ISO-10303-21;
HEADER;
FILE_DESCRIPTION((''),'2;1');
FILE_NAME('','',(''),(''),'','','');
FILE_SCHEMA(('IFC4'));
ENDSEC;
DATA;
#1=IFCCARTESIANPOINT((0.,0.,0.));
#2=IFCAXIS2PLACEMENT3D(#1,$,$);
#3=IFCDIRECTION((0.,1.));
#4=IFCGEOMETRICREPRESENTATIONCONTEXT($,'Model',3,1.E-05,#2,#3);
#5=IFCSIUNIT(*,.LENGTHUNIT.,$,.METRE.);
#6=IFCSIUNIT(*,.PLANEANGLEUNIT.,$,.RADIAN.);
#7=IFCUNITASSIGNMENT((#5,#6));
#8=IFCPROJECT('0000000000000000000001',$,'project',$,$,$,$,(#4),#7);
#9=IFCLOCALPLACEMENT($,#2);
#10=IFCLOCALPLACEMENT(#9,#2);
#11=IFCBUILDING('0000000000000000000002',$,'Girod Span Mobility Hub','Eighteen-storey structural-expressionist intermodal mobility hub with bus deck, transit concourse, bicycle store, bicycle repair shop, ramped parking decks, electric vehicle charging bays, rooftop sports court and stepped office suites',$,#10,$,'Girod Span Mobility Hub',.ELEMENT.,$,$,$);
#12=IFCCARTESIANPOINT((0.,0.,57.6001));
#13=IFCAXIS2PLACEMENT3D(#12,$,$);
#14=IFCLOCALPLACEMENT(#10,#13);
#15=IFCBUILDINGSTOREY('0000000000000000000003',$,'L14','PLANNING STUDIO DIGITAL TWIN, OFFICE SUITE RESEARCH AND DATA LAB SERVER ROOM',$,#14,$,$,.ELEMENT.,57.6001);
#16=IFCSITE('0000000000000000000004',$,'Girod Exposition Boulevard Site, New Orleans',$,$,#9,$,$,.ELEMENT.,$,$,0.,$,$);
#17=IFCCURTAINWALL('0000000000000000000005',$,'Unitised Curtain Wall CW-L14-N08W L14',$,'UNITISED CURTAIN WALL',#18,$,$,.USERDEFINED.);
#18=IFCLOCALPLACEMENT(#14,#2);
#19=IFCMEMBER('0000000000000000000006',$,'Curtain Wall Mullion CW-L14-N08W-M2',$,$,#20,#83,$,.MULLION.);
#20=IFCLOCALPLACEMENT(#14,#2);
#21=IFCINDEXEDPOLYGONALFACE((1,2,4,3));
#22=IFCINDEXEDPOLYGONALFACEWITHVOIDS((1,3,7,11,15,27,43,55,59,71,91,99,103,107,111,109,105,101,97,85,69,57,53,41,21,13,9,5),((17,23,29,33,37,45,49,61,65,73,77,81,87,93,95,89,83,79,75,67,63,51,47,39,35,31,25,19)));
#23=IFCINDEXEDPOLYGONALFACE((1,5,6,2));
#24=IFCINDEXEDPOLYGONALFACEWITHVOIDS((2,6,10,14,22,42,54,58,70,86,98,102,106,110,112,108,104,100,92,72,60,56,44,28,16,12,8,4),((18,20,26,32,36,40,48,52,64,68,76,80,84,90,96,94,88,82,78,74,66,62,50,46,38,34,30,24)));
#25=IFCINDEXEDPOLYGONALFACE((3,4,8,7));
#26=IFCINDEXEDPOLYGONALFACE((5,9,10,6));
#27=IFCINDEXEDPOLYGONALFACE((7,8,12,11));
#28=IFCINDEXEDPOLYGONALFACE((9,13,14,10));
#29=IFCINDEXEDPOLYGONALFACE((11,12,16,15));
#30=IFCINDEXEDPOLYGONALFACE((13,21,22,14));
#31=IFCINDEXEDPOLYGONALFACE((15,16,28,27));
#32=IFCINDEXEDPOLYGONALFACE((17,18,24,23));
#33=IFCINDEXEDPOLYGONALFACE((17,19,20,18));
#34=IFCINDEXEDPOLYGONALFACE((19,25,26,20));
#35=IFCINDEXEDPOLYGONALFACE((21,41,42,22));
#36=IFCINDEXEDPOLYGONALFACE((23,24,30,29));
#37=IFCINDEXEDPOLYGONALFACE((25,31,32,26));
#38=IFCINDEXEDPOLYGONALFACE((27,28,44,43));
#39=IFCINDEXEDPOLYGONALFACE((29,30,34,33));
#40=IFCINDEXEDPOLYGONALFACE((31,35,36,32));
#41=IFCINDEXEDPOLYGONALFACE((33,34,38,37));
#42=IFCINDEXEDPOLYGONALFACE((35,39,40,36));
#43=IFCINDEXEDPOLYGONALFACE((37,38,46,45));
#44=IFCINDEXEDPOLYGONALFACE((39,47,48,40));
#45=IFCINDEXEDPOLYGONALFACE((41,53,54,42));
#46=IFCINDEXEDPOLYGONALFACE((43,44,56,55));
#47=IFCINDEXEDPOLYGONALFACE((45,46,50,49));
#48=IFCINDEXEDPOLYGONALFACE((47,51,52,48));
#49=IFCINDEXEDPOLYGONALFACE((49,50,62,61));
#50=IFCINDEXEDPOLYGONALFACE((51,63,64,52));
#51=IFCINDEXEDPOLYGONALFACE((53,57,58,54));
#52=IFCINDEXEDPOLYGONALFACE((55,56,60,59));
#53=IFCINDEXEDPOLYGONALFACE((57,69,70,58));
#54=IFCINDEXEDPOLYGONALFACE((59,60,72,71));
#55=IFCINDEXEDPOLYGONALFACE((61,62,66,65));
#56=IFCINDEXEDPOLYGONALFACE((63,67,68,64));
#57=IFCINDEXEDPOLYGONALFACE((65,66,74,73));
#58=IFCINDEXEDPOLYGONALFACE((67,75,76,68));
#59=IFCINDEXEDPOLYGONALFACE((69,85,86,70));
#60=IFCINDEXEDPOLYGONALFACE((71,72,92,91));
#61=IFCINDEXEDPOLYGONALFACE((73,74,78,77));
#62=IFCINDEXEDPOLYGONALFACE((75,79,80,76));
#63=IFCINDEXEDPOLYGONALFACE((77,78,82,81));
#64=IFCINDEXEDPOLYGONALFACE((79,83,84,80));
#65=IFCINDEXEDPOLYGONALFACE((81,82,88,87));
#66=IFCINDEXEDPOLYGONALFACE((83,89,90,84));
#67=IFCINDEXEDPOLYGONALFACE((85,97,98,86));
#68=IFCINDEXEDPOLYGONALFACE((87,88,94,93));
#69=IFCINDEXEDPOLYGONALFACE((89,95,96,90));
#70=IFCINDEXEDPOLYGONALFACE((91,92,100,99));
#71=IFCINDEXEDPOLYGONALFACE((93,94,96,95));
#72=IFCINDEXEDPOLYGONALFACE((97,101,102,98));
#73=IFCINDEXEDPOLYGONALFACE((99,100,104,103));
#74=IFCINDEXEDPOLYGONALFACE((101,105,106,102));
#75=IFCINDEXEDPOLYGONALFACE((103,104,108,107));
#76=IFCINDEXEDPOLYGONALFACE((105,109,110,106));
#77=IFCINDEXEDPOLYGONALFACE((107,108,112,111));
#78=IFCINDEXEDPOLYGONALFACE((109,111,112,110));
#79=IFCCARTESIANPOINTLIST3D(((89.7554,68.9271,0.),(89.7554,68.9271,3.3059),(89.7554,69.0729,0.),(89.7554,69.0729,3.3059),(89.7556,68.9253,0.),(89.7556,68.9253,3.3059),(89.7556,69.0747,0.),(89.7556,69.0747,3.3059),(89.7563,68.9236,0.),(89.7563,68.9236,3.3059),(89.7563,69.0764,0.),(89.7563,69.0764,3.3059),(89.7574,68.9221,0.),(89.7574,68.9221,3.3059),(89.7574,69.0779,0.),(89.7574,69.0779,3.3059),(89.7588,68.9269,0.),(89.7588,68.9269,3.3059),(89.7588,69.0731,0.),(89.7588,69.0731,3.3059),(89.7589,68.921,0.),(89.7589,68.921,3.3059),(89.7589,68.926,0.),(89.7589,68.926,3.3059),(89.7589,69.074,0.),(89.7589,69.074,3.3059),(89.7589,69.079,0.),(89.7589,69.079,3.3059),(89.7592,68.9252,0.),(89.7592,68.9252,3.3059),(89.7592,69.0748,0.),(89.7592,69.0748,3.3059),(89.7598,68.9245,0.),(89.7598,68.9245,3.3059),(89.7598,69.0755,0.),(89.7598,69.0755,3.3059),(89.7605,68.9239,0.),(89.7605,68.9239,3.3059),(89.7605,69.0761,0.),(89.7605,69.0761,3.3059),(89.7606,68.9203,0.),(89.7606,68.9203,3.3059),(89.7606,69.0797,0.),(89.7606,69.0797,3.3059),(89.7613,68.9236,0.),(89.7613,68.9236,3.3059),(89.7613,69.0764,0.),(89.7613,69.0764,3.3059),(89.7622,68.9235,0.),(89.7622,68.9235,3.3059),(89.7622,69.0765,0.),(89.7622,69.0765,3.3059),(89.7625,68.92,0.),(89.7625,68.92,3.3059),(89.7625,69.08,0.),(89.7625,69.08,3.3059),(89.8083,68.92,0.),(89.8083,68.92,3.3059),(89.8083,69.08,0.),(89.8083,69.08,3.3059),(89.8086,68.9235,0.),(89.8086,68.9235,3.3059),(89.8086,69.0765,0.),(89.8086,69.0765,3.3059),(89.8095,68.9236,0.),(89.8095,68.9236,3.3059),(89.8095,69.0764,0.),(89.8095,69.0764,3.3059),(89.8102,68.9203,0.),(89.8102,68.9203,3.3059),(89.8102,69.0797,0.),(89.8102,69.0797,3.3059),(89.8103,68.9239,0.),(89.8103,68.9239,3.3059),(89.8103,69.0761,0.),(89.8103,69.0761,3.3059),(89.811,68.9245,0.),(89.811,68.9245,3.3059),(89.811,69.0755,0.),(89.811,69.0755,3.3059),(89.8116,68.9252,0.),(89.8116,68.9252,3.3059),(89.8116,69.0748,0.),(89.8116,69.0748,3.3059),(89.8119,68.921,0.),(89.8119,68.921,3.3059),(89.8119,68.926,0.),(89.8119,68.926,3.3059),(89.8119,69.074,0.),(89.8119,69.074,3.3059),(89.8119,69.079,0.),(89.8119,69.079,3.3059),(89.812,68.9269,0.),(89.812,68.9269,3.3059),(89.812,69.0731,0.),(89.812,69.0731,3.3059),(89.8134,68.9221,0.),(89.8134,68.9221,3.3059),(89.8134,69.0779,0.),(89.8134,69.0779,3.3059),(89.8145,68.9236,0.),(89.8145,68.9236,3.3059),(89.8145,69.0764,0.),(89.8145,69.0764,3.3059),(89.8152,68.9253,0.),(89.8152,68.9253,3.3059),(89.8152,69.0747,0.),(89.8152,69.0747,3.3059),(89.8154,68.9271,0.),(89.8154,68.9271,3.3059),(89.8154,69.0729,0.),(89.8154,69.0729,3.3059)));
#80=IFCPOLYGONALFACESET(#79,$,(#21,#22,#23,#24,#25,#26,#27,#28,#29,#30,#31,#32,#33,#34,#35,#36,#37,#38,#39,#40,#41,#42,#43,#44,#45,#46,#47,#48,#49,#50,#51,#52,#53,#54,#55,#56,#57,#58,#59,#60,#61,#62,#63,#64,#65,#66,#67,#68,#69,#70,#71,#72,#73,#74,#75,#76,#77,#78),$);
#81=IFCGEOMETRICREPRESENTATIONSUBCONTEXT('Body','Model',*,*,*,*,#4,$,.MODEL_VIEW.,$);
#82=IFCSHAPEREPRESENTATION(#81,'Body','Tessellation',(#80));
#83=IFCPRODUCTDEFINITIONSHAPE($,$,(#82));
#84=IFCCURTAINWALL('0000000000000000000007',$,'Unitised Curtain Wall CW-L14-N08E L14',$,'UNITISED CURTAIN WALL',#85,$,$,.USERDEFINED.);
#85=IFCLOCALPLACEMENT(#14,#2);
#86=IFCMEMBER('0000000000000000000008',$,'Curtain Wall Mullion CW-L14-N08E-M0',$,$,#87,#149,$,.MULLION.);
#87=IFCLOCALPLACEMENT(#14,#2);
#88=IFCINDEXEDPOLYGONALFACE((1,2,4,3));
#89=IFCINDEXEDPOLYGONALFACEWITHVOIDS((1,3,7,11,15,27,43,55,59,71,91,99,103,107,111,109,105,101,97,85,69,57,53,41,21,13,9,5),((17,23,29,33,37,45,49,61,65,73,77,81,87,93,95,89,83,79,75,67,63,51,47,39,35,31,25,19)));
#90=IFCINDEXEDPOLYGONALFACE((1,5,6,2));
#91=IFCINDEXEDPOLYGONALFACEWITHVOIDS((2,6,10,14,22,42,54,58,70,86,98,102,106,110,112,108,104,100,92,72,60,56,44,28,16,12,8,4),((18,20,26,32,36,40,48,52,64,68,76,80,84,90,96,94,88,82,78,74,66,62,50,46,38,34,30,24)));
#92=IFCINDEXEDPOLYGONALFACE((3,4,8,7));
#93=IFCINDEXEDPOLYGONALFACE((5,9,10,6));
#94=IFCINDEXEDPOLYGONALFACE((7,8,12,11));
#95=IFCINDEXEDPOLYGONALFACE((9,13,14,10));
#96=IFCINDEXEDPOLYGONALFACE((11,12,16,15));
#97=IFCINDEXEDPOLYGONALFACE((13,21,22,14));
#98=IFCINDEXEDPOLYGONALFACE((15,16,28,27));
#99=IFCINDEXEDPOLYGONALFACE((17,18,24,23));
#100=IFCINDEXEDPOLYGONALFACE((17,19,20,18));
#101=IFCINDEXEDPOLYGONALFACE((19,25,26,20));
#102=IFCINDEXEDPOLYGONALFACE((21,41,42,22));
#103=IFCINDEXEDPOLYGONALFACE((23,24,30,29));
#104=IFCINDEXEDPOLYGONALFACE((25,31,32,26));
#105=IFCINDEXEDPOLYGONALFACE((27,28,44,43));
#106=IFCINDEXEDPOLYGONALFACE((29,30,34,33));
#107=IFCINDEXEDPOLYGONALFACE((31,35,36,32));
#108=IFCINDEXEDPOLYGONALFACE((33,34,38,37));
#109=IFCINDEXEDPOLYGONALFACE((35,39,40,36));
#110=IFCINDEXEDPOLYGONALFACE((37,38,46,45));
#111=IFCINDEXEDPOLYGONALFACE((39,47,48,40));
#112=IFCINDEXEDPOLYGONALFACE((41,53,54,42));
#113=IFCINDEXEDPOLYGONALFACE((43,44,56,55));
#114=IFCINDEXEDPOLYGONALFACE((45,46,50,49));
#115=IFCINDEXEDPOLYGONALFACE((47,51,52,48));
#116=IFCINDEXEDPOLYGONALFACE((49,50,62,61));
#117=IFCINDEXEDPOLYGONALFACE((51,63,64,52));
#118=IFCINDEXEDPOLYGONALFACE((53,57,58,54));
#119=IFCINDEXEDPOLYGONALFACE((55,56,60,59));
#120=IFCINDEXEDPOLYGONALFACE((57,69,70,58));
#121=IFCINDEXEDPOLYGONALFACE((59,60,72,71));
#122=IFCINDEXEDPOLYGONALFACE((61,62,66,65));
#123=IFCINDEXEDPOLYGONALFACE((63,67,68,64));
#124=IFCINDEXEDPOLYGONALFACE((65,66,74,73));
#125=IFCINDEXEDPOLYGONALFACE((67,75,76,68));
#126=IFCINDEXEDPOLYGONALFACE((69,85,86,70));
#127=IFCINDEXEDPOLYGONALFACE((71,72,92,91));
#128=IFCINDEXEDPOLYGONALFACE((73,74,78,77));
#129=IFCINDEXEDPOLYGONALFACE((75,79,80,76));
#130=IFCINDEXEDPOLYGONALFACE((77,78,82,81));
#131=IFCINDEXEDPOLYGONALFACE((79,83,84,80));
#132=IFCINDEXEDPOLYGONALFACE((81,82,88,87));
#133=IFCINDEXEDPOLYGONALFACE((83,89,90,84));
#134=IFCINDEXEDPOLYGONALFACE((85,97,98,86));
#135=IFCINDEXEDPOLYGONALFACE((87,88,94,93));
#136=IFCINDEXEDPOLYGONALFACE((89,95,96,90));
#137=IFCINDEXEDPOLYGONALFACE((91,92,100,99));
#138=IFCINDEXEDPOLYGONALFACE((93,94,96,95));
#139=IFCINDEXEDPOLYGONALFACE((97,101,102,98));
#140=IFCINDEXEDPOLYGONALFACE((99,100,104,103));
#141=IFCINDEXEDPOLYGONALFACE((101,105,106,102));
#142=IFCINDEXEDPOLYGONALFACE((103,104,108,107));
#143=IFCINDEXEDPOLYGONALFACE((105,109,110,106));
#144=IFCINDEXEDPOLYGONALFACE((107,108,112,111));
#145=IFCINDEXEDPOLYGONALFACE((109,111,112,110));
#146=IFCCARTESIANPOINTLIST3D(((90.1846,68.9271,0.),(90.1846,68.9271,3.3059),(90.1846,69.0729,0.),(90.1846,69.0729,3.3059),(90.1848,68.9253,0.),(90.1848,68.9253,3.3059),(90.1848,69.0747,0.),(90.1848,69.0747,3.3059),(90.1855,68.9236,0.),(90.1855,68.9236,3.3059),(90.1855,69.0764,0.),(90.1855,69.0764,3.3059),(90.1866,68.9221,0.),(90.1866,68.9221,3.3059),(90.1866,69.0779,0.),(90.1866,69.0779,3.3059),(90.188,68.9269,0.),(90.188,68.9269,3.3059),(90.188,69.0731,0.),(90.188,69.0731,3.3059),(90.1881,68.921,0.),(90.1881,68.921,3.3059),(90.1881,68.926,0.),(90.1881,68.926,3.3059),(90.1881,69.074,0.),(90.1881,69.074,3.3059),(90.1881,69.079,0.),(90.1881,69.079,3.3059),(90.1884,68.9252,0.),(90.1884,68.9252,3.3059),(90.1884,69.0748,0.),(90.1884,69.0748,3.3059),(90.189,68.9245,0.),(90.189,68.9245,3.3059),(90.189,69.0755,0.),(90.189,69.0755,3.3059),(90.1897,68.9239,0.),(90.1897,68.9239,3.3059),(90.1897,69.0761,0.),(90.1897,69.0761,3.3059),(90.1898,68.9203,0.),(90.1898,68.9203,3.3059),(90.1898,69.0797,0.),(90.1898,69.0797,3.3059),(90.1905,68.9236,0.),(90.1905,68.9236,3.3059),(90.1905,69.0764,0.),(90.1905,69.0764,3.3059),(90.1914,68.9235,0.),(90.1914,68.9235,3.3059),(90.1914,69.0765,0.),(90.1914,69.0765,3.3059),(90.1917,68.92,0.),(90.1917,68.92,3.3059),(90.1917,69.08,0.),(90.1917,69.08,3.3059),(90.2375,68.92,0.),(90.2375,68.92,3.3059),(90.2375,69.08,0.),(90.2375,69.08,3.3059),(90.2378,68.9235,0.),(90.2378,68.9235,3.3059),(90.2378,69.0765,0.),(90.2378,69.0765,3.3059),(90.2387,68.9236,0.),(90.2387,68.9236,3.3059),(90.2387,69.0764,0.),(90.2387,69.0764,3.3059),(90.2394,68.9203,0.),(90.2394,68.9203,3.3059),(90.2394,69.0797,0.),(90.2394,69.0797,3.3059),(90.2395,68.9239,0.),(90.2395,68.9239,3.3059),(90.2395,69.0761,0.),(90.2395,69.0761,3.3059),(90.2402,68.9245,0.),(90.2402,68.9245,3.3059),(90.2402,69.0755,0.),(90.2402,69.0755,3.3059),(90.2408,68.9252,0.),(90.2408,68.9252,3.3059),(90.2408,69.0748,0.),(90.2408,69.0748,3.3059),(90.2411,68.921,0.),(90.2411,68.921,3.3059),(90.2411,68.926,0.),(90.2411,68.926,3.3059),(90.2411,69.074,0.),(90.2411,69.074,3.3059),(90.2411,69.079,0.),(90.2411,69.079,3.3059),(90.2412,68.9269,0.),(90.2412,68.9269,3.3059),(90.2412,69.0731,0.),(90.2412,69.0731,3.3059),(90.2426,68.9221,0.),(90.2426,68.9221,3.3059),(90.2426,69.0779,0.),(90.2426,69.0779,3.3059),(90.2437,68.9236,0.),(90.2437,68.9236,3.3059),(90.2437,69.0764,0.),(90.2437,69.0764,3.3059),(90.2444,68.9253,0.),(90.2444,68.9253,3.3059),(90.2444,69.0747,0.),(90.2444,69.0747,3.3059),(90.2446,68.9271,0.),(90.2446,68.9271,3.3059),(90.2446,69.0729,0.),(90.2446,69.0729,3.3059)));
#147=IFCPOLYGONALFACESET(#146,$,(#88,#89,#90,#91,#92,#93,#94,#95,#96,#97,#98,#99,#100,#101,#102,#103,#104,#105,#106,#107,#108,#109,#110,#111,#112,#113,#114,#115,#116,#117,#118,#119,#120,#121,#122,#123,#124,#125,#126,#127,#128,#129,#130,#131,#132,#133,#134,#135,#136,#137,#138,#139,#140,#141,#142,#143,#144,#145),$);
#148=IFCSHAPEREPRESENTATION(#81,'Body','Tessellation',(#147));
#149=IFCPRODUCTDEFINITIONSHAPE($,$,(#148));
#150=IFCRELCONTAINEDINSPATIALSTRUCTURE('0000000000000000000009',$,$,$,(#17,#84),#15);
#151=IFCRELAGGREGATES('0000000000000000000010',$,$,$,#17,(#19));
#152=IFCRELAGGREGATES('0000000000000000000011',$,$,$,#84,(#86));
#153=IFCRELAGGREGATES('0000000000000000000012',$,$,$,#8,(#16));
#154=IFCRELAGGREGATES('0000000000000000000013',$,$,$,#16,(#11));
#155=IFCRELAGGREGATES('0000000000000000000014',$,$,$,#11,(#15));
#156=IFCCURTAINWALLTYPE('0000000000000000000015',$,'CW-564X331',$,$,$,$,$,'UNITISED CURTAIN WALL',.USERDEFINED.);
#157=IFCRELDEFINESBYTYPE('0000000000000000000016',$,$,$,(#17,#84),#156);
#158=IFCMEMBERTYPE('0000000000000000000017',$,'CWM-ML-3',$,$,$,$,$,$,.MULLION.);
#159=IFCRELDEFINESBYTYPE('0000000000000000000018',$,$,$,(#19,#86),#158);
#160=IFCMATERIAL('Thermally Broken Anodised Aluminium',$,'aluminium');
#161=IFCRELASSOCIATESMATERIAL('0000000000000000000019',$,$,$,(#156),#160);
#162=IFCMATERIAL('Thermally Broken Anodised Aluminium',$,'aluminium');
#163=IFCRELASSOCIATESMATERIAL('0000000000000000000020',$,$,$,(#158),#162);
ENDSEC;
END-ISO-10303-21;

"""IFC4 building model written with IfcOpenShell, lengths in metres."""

from ifc_helpers import new_model, si_unit, direction, frame, origin, origin_2d, place, context, subcontext, project, spatial, hollow_rectangle, extrude, material, material_profile, profile_set, type_object, element, aggregate, save


model = new_model("IFC4")

# Units and contexts
model_context = context("Model", 3, precision=1e-05, world=origin(), true_north=direction((0.0, 1.0)))
body_context = subcontext(model_context, "Body", "Model", "MODEL_VIEW")
ifc_project = project(units=[si_unit("LENGTHUNIT", "METRE"), si_unit("PLANEANGLEUNIT", "RADIAN")], contexts=[model_context])

# Site, building, storey
site_placement = place(None, origin())
site = spatial("IfcSite", under=ifc_project, at=site_placement, Name="Girod Exposition Boulevard Site, New Orleans", CompositionType="ELEMENT", RefElevation=0.0)
building_placement = place(site_placement, origin())
building = spatial("IfcBuilding", under=site, at=building_placement, Name="Girod Span Mobility Hub", Description="Eighteen-storey structural-expressionist intermodal mobility hub with bus deck, transit concourse, bicycle store, bicycle repair shop, ramped parking decks, electric vehicle charging bays, rooftop sports court and stepped office suites", LongName="Girod Span Mobility Hub", CompositionType="ELEMENT")
storey_placement = place(building_placement, frame((0.0, 0.0, 57.6001)))
storey = spatial("IfcBuildingStorey", under=building, at=storey_placement, Name="L14", Description="PLANNING STUDIO DIGITAL TWIN, OFFICE SUITE RESEARCH AND DATA LAB SERVER ROOM", CompositionType="ELEMENT", Elevation=57.6001)

# Curtain wall, member
ifc_material_1 = material(Name="Thermally Broken Anodised Aluminium", Category="aluminium")
curtain_wall_type = type_object("IfcCurtainWallType", Name="CW-564X331", ElementType="UNITISED CURTAIN WALL", PredefinedType="USERDEFINED", material=ifc_material_1)
ifc_material_2 = material(Name="Thermally Broken Anodised Aluminium", Category="aluminium")
ifc_material_profile_1 = material_profile(ifc_material_2, hollow_rectangle(XDim=0.1599, YDim=0.0601, WallThickness=0.0034, InnerFilletRadius=0.0034, OuterFilletRadius=0.0071, at=origin_2d()), Name="CW-ML-60X160")
ifc_profile_set_1 = profile_set([ifc_material_profile_1], Name="Thermally Broken Anodised Aluminium")
member_type_1 = type_object("IfcMemberType", Name="CWM-ML-3", PredefinedType="MULLION", material=ifc_profile_set_1)
curtain_wall_1_placement = place(storey_placement, origin())
curtain_wall_1 = element("IfcCurtainWall", 1, at=curtain_wall_1_placement, inside=storey, type_object=curtain_wall_type, Name="Unitised Curtain Wall CW-L14-N08W L14", ObjectType="UNITISED CURTAIN WALL", PredefinedType="USERDEFINED")
member_1_placement = place(storey_placement, frame((89.7854, 69.0, 0.0), z_axis=(0.0, 0.0, 1.0), x_axis=(0.0, 1.0, 0.0)))
member_1 = element("IfcMember", 2, at=member_1_placement, type_object=member_type_1, Name="Curtain Wall Mullion CW-L14-N08W-M2", PredefinedType="MULLION", context=body_context, shape_type="SweptSolid", body=[
    extrude(hollow_rectangle(XDim=0.1599, YDim=0.0601, WallThickness=0.0034, InnerFilletRadius=0.0034, OuterFilletRadius=0.0071, at=origin_2d()), origin(), (0.0, 0.0, 1.0), 3.3059),
])

# Curtain wall, member
curtain_wall_2_placement = place(storey_placement, origin())
curtain_wall_2 = element("IfcCurtainWall", 3, at=curtain_wall_2_placement, inside=storey, type_object=curtain_wall_type, Name="Unitised Curtain Wall CW-L14-N08E L14", ObjectType="UNITISED CURTAIN WALL", PredefinedType="USERDEFINED")
member_2_placement = place(storey_placement, frame((90.2146, 69.0, 0.0), z_axis=(0.0, 0.0, 1.0), x_axis=(0.0, 1.0, 0.0)))
member_2 = element("IfcMember", 4, at=member_2_placement, type_object=member_type_1, Name="Curtain Wall Mullion CW-L14-N08E-M0", PredefinedType="MULLION", context=body_context, shape_type="SweptSolid", body=[
    extrude(hollow_rectangle(XDim=0.1599, YDim=0.0601, WallThickness=0.0034, InnerFilletRadius=0.0034, OuterFilletRadius=0.0071, at=origin_2d()), origin(), (0.0, 0.0, 1.0), 3.3059),
])

aggregate(curtain_wall_1, [member_1])
aggregate(curtain_wall_2, [member_2])

save(model, "model.ifc")
